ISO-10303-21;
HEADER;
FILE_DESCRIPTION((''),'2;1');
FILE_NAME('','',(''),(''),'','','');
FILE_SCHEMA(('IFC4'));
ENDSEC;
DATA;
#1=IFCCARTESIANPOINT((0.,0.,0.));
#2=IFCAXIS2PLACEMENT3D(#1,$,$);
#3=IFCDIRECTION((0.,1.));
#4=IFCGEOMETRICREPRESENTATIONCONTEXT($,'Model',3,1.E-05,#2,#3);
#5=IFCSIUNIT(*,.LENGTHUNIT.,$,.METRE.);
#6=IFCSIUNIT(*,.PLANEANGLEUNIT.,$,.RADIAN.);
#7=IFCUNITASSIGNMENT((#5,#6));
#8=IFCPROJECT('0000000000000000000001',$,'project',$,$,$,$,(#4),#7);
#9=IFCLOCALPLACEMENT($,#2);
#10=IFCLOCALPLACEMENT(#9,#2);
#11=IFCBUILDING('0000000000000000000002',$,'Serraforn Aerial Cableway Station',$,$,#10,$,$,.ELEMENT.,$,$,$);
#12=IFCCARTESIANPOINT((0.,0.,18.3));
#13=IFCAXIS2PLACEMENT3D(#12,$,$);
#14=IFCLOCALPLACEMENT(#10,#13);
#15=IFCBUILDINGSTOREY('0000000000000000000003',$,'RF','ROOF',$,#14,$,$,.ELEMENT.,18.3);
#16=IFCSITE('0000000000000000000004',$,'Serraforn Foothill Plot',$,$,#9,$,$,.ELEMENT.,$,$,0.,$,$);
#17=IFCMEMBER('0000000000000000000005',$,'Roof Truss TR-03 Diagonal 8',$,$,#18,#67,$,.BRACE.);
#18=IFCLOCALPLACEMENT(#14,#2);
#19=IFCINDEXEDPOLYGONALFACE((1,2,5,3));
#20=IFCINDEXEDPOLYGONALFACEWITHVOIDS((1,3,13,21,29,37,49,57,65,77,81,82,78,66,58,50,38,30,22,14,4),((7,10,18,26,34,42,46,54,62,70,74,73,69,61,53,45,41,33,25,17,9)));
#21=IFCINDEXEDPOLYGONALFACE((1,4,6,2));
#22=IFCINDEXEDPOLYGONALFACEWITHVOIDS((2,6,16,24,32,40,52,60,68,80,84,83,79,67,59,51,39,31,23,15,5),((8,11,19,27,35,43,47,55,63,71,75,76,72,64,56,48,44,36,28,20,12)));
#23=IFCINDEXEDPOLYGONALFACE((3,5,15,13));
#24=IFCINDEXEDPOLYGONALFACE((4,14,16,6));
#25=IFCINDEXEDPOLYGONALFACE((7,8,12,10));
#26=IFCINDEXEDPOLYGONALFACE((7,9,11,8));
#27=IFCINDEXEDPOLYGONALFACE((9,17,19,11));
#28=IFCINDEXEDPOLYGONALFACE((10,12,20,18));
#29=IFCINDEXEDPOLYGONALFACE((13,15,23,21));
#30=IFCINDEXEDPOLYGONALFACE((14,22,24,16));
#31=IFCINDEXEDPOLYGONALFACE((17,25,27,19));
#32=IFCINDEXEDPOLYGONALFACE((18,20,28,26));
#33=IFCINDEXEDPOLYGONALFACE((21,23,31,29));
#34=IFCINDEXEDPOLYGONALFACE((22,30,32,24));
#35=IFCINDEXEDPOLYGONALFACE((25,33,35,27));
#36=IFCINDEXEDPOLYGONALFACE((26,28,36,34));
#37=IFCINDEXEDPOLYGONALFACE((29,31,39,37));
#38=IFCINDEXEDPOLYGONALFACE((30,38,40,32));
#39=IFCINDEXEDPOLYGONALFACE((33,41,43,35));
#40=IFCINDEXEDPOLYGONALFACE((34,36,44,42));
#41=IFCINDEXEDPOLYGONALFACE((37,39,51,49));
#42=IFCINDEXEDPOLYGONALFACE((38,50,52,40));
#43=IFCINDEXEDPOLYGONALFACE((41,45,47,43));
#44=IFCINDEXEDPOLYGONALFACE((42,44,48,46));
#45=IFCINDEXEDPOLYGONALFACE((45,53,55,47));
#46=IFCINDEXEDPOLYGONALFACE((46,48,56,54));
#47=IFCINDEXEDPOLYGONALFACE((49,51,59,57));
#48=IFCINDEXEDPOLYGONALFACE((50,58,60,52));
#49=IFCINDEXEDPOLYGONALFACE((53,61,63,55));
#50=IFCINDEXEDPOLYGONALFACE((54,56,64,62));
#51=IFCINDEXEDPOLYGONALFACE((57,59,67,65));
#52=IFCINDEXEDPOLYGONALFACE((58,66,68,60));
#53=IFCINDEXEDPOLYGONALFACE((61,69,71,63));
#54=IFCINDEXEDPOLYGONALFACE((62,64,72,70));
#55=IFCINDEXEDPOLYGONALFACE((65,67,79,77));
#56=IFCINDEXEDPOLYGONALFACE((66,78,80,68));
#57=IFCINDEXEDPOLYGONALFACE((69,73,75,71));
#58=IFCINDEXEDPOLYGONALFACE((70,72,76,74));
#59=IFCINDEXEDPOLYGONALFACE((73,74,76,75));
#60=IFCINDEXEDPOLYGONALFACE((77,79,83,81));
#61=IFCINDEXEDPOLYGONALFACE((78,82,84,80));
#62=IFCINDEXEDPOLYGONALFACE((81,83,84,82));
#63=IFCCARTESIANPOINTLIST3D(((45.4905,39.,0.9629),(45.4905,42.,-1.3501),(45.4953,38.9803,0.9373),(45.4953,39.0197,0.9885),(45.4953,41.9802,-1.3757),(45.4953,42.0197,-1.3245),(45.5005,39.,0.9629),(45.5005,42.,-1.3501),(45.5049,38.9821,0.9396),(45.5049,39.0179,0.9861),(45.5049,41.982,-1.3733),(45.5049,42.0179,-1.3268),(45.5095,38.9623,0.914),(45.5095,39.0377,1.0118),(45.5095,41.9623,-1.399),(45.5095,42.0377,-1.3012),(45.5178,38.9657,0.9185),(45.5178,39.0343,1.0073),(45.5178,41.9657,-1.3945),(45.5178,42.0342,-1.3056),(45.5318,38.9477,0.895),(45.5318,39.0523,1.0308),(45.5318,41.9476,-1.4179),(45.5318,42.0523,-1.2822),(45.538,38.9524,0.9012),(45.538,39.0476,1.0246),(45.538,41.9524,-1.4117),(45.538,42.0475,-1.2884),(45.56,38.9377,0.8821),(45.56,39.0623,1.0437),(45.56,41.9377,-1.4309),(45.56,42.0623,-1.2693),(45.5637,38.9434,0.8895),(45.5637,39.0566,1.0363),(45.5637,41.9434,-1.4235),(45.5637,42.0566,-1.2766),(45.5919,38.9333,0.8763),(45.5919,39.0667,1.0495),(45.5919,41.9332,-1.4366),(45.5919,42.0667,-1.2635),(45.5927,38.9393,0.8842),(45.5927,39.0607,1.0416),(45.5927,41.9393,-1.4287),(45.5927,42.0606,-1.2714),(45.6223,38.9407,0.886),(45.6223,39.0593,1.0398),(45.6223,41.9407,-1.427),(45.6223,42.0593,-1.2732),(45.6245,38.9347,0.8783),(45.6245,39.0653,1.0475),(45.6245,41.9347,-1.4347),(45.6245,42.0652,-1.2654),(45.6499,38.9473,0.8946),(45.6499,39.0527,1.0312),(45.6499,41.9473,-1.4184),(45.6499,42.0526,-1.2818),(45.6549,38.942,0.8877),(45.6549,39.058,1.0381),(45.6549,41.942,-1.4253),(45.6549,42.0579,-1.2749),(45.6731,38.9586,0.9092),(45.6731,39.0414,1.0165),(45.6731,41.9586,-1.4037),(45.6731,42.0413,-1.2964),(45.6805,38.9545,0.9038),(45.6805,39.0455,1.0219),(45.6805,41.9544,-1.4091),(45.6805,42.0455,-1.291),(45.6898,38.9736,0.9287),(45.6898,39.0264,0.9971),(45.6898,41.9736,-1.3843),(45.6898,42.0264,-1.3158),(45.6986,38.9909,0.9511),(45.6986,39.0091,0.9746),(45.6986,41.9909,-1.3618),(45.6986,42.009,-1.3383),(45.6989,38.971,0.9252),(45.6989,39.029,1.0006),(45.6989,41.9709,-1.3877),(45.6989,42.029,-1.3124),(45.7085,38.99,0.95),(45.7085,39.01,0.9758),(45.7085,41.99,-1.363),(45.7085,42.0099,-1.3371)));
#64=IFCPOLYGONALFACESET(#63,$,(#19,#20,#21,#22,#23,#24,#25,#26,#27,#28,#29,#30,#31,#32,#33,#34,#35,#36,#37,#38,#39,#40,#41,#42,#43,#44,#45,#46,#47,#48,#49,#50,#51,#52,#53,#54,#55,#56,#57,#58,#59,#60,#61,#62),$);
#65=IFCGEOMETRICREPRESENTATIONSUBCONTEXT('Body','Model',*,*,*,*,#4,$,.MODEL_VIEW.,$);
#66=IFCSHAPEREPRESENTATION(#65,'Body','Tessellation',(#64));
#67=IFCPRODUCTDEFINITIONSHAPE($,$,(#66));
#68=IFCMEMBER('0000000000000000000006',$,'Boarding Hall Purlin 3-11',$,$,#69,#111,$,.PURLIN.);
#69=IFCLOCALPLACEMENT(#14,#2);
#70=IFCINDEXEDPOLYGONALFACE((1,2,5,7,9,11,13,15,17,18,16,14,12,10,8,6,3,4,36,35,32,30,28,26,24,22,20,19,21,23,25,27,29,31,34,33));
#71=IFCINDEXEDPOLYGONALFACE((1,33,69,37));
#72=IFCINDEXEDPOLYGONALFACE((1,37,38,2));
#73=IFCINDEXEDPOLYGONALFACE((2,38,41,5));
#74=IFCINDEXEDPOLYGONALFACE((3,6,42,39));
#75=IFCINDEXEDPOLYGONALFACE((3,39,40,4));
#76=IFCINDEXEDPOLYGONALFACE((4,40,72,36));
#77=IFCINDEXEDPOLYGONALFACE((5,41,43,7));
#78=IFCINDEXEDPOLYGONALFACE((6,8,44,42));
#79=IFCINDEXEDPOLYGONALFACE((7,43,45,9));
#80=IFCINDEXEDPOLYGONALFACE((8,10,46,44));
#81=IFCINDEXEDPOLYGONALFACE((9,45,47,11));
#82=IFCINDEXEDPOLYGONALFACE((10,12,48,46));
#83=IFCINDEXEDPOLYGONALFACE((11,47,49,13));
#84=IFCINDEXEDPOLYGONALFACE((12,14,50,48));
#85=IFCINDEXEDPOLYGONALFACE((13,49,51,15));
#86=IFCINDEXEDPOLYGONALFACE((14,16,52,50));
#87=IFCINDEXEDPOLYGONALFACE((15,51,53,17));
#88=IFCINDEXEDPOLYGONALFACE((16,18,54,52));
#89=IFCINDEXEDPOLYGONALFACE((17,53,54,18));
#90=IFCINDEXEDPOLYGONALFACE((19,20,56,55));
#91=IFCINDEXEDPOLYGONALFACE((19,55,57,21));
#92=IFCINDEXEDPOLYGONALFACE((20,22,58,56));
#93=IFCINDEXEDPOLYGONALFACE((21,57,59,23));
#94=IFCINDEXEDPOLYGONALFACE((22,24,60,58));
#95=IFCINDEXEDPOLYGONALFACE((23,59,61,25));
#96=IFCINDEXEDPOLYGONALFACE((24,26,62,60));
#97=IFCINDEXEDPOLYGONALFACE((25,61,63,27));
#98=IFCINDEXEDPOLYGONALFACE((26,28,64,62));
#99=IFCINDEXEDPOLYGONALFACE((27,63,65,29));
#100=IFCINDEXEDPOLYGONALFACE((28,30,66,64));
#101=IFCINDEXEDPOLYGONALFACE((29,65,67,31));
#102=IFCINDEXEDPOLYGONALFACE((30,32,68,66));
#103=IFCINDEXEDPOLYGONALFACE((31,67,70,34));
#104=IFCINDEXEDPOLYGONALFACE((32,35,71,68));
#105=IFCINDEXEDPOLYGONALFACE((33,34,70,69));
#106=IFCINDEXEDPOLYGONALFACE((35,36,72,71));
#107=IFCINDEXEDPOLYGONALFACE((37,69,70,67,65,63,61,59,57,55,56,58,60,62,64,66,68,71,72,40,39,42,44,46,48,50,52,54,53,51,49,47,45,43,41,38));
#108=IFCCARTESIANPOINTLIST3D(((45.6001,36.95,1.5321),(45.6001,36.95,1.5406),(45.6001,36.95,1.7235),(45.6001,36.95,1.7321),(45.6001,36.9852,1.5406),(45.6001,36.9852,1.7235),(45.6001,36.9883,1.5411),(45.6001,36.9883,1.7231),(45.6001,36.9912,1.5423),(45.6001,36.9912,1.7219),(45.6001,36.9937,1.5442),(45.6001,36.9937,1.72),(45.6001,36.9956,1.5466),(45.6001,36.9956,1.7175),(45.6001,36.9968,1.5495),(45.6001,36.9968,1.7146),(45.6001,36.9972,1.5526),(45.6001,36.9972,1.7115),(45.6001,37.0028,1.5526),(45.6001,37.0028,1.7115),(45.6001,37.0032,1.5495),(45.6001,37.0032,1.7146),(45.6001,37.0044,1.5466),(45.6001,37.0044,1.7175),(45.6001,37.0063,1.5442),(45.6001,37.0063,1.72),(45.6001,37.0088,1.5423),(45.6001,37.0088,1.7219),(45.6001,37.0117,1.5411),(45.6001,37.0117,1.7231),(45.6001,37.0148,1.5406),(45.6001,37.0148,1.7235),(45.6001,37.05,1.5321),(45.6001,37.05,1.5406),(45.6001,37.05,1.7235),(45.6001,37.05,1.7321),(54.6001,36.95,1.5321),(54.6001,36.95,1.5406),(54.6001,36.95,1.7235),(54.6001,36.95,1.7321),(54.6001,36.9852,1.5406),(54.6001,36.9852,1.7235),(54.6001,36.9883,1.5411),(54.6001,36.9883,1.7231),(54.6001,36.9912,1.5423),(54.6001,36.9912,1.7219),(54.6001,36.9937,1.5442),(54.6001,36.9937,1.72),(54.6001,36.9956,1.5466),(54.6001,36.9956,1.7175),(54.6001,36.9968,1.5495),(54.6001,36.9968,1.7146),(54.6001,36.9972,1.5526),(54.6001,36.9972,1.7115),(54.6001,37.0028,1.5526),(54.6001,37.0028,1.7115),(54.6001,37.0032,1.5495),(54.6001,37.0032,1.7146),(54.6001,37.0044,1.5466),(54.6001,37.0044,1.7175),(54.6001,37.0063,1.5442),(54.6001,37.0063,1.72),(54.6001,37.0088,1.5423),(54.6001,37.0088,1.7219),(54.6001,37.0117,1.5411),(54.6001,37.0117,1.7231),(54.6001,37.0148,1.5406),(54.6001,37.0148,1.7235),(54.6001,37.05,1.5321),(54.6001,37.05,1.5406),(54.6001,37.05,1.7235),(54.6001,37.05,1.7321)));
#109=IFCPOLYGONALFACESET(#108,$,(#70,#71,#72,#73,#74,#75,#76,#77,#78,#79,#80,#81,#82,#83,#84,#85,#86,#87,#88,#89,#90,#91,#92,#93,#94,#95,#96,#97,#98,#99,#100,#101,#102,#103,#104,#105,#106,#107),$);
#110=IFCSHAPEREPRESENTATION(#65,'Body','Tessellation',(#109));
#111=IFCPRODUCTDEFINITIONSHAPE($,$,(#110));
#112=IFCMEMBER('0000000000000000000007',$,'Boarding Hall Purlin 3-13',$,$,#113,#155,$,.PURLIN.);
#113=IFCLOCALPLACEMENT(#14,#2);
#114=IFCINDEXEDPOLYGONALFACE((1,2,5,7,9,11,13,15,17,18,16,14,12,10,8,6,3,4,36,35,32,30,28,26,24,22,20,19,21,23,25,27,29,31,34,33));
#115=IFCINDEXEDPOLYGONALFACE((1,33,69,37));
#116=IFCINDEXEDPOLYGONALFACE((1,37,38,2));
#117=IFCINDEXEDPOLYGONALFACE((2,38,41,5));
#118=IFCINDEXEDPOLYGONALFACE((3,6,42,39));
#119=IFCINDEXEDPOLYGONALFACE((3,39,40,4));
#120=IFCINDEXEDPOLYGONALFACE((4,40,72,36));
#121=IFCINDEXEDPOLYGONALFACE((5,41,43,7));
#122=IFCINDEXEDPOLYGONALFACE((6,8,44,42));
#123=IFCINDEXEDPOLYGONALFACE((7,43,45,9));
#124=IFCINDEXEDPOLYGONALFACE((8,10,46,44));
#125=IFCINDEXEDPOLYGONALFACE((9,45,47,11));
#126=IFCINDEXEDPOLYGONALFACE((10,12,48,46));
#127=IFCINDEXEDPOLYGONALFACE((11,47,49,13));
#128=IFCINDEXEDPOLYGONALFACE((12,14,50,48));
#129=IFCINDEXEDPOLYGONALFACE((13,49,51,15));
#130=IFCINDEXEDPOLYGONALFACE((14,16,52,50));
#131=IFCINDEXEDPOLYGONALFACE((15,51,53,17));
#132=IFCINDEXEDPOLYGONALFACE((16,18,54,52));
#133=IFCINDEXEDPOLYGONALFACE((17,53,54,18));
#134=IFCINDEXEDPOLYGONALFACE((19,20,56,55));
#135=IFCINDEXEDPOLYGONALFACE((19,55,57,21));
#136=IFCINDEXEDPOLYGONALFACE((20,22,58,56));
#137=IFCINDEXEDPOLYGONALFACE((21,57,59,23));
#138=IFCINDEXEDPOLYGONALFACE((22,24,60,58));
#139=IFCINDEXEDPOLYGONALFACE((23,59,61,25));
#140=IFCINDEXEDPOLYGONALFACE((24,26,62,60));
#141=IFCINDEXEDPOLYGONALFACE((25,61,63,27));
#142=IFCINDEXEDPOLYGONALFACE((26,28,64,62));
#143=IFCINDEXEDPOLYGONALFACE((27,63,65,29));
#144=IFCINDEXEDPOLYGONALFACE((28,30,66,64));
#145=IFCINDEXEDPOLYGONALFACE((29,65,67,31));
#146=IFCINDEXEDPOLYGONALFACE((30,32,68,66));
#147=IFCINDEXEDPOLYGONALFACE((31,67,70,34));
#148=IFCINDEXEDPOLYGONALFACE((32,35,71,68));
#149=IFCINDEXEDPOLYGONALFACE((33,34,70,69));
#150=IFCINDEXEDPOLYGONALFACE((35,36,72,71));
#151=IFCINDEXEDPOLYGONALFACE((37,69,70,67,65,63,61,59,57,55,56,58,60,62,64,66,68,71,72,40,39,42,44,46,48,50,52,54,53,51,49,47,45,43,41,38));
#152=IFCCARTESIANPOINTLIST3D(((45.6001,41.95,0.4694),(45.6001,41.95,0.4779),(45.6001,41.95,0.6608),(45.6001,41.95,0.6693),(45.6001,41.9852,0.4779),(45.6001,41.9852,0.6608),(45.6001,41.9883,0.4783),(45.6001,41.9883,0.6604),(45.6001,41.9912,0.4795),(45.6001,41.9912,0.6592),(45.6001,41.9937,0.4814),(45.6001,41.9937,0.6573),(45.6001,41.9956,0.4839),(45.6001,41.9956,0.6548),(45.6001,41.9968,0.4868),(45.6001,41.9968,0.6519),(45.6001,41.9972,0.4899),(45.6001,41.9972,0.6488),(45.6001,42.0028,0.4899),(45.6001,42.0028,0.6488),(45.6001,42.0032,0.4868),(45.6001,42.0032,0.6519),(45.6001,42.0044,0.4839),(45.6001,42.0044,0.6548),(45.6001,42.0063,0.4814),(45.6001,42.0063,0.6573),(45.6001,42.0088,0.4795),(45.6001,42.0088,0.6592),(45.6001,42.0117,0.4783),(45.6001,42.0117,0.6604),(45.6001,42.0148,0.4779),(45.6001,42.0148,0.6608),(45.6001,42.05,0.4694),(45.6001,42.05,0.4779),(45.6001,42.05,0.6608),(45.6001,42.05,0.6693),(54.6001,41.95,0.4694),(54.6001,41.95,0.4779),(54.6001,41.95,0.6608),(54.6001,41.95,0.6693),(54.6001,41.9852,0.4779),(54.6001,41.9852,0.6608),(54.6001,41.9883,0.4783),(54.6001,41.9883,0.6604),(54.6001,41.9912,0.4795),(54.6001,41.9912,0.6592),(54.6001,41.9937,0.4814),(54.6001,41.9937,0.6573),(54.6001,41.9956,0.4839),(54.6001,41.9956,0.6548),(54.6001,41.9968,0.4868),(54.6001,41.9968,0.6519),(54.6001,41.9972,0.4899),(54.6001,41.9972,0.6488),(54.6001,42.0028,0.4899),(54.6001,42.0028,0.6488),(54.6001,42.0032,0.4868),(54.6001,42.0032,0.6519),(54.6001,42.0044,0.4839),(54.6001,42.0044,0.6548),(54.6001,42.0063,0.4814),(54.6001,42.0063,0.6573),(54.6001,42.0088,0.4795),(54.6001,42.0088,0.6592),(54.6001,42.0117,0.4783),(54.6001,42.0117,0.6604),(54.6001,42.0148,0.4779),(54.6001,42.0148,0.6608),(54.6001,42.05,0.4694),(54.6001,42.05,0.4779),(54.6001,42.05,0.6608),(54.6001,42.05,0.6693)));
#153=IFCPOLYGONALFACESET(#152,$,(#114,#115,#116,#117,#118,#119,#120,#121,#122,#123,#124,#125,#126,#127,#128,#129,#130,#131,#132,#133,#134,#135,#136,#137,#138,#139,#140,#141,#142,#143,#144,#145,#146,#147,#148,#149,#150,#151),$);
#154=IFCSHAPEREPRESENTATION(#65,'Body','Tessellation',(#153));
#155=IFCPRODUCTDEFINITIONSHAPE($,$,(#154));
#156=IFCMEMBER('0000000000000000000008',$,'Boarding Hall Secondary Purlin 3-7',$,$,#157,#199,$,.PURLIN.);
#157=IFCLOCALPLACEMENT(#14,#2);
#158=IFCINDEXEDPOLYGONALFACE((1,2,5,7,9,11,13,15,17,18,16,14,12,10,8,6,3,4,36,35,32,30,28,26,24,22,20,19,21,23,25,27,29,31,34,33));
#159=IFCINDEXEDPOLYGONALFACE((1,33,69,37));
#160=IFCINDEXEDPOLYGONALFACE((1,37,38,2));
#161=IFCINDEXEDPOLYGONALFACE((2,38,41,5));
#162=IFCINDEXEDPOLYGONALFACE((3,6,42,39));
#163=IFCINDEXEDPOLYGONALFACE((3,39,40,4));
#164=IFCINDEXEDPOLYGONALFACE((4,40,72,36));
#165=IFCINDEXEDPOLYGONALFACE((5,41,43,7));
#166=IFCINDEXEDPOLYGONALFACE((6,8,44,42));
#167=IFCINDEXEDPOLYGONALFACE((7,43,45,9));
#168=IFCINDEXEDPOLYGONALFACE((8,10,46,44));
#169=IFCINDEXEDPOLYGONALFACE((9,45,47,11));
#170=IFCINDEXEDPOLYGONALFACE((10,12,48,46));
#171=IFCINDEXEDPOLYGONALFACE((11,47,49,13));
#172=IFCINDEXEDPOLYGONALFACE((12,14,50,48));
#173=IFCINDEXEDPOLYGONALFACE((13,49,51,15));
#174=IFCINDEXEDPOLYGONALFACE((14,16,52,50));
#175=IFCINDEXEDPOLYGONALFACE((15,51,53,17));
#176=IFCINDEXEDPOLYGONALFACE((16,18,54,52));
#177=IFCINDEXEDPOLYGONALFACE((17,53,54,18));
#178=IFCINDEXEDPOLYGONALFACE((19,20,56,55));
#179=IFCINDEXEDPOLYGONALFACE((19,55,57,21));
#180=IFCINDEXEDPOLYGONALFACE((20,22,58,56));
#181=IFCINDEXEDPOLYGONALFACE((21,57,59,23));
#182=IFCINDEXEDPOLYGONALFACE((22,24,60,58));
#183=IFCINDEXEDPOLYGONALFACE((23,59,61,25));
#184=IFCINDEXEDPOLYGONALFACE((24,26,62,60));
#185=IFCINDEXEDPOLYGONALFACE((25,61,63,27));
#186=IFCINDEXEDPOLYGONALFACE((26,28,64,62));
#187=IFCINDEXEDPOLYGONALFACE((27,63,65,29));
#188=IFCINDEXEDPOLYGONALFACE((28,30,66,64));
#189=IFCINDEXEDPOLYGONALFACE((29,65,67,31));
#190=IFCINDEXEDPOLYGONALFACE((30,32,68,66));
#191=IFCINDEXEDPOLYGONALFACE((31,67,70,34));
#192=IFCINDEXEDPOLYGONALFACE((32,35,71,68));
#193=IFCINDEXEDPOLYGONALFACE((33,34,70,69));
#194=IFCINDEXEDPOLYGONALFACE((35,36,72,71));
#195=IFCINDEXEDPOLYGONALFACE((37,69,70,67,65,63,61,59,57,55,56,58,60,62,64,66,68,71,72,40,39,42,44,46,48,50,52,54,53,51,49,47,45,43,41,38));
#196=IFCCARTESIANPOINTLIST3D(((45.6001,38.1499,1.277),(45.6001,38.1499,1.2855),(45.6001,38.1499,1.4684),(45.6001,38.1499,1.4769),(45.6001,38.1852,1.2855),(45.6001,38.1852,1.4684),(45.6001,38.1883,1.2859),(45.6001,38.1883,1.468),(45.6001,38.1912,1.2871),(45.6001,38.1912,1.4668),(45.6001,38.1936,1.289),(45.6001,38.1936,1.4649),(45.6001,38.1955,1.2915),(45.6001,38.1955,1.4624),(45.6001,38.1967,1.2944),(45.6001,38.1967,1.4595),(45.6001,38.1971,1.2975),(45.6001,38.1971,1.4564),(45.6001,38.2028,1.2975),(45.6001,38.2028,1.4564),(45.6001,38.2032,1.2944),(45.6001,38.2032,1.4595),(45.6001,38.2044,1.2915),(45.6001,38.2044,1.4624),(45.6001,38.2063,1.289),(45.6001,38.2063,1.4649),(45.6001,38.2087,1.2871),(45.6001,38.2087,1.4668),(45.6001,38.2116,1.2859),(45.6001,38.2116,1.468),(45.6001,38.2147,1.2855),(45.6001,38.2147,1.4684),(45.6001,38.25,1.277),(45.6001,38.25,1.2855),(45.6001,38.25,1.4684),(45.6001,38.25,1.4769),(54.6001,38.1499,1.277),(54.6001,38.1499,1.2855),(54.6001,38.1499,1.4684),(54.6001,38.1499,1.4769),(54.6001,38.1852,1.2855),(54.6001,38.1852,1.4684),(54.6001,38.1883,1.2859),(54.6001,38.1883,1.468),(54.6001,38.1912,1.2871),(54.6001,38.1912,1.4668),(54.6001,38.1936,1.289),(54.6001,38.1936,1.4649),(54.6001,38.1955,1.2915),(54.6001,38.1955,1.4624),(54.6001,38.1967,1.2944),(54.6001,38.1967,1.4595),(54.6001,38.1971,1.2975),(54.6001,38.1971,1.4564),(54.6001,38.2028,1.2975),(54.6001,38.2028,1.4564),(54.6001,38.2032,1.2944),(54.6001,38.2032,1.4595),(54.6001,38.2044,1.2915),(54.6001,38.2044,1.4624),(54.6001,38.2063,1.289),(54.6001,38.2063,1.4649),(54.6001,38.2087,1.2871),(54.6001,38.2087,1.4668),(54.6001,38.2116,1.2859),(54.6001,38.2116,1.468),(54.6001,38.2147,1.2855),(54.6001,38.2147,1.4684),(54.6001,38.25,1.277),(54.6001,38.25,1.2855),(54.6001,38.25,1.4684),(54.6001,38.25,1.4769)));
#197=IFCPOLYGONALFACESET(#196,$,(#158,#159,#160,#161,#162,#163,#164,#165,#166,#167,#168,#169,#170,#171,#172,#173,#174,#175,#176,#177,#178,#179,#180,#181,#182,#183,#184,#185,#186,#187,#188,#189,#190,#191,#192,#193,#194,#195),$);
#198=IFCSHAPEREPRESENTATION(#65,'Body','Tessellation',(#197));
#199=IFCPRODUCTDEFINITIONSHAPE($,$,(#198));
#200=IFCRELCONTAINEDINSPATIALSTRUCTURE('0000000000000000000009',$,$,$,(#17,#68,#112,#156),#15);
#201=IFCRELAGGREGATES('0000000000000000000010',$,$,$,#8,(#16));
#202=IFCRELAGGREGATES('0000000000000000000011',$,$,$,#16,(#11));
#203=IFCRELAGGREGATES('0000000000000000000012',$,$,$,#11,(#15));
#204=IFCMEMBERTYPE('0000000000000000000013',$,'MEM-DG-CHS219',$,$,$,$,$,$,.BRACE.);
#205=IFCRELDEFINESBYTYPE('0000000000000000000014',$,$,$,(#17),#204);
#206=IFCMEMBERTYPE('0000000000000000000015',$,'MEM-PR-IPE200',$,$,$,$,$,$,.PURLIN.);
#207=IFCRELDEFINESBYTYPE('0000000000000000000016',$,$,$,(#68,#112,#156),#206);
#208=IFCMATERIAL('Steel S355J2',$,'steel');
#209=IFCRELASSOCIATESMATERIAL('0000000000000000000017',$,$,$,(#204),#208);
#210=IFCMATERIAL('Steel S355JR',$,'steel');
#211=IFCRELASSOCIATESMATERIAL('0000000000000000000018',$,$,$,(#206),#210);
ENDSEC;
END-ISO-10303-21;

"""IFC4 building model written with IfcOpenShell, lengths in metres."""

from ifc_helpers import new_model, si_unit, direction, frame, origin, origin_2d, place, context, subcontext, project, spatial, hollow_circle, i_section, extrude, material, material_profile, profile_set, type_object, element, save


model = new_model("IFC4")

# Units and contexts
model_context = context("Model", 3, precision=1e-05, world=origin(), true_north=direction((0.0, 1.0)))
body_context = subcontext(model_context, "Body", "Model", "MODEL_VIEW")
ifc_project = project(units=[si_unit("LENGTHUNIT", "METRE"), si_unit("PLANEANGLEUNIT", "RADIAN")], contexts=[model_context])

# Site, building, storey
site_placement = place(None, origin())
site = spatial("IfcSite", under=ifc_project, at=site_placement, Name="Serraforn Foothill Plot", CompositionType="ELEMENT", RefElevation=0.0)
building_placement = place(site_placement, origin())
building = spatial("IfcBuilding", under=site, at=building_placement, Name="Serraforn Aerial Cableway Station", CompositionType="ELEMENT")
storey_placement = place(building_placement, frame((0.0, 0.0, 18.3)))
storey = spatial("IfcBuildingStorey", under=building, at=storey_placement, Name="RF", Description="ROOF", CompositionType="ELEMENT", Elevation=18.3)

# Shared definitions
ifc_material_1 = material(Name="Steel S355J2", Category="steel")

# Members
ifc_material_profile_1 = material_profile(ifc_material_1, hollow_circle(Radius=0.1096, WallThickness=0.01, at=origin_2d()), Name="CHS 219.1x10.0")
ifc_profile_set_1 = profile_set([ifc_material_profile_1], Name="Steel S355J2")
member_type_1 = type_object("IfcMemberType", Name="MEM-DG-CHS219", PredefinedType="BRACE", material=ifc_profile_set_1)
member_1_placement = place(storey_placement, frame((45.6001, 39.0, 0.9629), z_axis=(0.0, 0.791948, -0.610589), x_axis=(-1.0, 0.0, 0.0)))
element("IfcMember", 1, at=member_1_placement, inside=storey, type_object=member_type_1, Name="Roof Truss TR-03 Diagonal 8", PredefinedType="BRACE", context=body_context, shape_type="SweptSolid", body=[
    extrude(hollow_circle(Radius=0.1096, WallThickness=0.01, at=origin_2d()), origin(), (0.0, 0.0, 1.0), 3.7881),
])
ifc_material_2 = material(Name="Steel S355JR", Category="steel")
ifc_material_profile_2 = material_profile(ifc_material_2, i_section(OverallWidth=0.1001, OverallDepth=0.2, WebThickness=0.0056, FlangeThickness=0.0085, FilletRadius=0.012, at=origin_2d()), Name="IPE 200")
ifc_profile_set_2 = profile_set([ifc_material_profile_2], Name="Steel S355JR")
member_type_2 = type_object("IfcMemberType", Name="MEM-PR-IPE200", PredefinedType="PURLIN", material=ifc_profile_set_2)
for number, where, z_axis, x_axis, name in (
    (2, (45.6001, 37.0, 1.6321), (1.0, 0.0, 0.0), (0.0, 1.0, 0.0), "Boarding Hall Purlin 3-11"),
    (3, (45.6001, 42.0, 0.5693), (1.0, 0.0, 0.0), (0.0, 1.0, 0.0), "Boarding Hall Purlin 3-13"),
    (4, (45.6001, 38.2, 1.377), (1.0, 0.0, 0.0), (0.0, 1.0, 0.0), "Boarding Hall Secondary Purlin 3-7"),
):
    element("IfcMember", number, at=place(storey_placement, frame(where, z_axis=z_axis, x_axis=x_axis)), inside=storey, type_object=member_type_2, Name=name, PredefinedType="PURLIN", context=body_context, shape_type="SweptSolid", body=[
        extrude(i_section(OverallWidth=0.1001, OverallDepth=0.2, WebThickness=0.0056, FlangeThickness=0.0085, FilletRadius=0.012, at=origin_2d()), origin(), (0.0, 0.0, 1.0), 9.0),
    ])

save(model, "model.ifc")
